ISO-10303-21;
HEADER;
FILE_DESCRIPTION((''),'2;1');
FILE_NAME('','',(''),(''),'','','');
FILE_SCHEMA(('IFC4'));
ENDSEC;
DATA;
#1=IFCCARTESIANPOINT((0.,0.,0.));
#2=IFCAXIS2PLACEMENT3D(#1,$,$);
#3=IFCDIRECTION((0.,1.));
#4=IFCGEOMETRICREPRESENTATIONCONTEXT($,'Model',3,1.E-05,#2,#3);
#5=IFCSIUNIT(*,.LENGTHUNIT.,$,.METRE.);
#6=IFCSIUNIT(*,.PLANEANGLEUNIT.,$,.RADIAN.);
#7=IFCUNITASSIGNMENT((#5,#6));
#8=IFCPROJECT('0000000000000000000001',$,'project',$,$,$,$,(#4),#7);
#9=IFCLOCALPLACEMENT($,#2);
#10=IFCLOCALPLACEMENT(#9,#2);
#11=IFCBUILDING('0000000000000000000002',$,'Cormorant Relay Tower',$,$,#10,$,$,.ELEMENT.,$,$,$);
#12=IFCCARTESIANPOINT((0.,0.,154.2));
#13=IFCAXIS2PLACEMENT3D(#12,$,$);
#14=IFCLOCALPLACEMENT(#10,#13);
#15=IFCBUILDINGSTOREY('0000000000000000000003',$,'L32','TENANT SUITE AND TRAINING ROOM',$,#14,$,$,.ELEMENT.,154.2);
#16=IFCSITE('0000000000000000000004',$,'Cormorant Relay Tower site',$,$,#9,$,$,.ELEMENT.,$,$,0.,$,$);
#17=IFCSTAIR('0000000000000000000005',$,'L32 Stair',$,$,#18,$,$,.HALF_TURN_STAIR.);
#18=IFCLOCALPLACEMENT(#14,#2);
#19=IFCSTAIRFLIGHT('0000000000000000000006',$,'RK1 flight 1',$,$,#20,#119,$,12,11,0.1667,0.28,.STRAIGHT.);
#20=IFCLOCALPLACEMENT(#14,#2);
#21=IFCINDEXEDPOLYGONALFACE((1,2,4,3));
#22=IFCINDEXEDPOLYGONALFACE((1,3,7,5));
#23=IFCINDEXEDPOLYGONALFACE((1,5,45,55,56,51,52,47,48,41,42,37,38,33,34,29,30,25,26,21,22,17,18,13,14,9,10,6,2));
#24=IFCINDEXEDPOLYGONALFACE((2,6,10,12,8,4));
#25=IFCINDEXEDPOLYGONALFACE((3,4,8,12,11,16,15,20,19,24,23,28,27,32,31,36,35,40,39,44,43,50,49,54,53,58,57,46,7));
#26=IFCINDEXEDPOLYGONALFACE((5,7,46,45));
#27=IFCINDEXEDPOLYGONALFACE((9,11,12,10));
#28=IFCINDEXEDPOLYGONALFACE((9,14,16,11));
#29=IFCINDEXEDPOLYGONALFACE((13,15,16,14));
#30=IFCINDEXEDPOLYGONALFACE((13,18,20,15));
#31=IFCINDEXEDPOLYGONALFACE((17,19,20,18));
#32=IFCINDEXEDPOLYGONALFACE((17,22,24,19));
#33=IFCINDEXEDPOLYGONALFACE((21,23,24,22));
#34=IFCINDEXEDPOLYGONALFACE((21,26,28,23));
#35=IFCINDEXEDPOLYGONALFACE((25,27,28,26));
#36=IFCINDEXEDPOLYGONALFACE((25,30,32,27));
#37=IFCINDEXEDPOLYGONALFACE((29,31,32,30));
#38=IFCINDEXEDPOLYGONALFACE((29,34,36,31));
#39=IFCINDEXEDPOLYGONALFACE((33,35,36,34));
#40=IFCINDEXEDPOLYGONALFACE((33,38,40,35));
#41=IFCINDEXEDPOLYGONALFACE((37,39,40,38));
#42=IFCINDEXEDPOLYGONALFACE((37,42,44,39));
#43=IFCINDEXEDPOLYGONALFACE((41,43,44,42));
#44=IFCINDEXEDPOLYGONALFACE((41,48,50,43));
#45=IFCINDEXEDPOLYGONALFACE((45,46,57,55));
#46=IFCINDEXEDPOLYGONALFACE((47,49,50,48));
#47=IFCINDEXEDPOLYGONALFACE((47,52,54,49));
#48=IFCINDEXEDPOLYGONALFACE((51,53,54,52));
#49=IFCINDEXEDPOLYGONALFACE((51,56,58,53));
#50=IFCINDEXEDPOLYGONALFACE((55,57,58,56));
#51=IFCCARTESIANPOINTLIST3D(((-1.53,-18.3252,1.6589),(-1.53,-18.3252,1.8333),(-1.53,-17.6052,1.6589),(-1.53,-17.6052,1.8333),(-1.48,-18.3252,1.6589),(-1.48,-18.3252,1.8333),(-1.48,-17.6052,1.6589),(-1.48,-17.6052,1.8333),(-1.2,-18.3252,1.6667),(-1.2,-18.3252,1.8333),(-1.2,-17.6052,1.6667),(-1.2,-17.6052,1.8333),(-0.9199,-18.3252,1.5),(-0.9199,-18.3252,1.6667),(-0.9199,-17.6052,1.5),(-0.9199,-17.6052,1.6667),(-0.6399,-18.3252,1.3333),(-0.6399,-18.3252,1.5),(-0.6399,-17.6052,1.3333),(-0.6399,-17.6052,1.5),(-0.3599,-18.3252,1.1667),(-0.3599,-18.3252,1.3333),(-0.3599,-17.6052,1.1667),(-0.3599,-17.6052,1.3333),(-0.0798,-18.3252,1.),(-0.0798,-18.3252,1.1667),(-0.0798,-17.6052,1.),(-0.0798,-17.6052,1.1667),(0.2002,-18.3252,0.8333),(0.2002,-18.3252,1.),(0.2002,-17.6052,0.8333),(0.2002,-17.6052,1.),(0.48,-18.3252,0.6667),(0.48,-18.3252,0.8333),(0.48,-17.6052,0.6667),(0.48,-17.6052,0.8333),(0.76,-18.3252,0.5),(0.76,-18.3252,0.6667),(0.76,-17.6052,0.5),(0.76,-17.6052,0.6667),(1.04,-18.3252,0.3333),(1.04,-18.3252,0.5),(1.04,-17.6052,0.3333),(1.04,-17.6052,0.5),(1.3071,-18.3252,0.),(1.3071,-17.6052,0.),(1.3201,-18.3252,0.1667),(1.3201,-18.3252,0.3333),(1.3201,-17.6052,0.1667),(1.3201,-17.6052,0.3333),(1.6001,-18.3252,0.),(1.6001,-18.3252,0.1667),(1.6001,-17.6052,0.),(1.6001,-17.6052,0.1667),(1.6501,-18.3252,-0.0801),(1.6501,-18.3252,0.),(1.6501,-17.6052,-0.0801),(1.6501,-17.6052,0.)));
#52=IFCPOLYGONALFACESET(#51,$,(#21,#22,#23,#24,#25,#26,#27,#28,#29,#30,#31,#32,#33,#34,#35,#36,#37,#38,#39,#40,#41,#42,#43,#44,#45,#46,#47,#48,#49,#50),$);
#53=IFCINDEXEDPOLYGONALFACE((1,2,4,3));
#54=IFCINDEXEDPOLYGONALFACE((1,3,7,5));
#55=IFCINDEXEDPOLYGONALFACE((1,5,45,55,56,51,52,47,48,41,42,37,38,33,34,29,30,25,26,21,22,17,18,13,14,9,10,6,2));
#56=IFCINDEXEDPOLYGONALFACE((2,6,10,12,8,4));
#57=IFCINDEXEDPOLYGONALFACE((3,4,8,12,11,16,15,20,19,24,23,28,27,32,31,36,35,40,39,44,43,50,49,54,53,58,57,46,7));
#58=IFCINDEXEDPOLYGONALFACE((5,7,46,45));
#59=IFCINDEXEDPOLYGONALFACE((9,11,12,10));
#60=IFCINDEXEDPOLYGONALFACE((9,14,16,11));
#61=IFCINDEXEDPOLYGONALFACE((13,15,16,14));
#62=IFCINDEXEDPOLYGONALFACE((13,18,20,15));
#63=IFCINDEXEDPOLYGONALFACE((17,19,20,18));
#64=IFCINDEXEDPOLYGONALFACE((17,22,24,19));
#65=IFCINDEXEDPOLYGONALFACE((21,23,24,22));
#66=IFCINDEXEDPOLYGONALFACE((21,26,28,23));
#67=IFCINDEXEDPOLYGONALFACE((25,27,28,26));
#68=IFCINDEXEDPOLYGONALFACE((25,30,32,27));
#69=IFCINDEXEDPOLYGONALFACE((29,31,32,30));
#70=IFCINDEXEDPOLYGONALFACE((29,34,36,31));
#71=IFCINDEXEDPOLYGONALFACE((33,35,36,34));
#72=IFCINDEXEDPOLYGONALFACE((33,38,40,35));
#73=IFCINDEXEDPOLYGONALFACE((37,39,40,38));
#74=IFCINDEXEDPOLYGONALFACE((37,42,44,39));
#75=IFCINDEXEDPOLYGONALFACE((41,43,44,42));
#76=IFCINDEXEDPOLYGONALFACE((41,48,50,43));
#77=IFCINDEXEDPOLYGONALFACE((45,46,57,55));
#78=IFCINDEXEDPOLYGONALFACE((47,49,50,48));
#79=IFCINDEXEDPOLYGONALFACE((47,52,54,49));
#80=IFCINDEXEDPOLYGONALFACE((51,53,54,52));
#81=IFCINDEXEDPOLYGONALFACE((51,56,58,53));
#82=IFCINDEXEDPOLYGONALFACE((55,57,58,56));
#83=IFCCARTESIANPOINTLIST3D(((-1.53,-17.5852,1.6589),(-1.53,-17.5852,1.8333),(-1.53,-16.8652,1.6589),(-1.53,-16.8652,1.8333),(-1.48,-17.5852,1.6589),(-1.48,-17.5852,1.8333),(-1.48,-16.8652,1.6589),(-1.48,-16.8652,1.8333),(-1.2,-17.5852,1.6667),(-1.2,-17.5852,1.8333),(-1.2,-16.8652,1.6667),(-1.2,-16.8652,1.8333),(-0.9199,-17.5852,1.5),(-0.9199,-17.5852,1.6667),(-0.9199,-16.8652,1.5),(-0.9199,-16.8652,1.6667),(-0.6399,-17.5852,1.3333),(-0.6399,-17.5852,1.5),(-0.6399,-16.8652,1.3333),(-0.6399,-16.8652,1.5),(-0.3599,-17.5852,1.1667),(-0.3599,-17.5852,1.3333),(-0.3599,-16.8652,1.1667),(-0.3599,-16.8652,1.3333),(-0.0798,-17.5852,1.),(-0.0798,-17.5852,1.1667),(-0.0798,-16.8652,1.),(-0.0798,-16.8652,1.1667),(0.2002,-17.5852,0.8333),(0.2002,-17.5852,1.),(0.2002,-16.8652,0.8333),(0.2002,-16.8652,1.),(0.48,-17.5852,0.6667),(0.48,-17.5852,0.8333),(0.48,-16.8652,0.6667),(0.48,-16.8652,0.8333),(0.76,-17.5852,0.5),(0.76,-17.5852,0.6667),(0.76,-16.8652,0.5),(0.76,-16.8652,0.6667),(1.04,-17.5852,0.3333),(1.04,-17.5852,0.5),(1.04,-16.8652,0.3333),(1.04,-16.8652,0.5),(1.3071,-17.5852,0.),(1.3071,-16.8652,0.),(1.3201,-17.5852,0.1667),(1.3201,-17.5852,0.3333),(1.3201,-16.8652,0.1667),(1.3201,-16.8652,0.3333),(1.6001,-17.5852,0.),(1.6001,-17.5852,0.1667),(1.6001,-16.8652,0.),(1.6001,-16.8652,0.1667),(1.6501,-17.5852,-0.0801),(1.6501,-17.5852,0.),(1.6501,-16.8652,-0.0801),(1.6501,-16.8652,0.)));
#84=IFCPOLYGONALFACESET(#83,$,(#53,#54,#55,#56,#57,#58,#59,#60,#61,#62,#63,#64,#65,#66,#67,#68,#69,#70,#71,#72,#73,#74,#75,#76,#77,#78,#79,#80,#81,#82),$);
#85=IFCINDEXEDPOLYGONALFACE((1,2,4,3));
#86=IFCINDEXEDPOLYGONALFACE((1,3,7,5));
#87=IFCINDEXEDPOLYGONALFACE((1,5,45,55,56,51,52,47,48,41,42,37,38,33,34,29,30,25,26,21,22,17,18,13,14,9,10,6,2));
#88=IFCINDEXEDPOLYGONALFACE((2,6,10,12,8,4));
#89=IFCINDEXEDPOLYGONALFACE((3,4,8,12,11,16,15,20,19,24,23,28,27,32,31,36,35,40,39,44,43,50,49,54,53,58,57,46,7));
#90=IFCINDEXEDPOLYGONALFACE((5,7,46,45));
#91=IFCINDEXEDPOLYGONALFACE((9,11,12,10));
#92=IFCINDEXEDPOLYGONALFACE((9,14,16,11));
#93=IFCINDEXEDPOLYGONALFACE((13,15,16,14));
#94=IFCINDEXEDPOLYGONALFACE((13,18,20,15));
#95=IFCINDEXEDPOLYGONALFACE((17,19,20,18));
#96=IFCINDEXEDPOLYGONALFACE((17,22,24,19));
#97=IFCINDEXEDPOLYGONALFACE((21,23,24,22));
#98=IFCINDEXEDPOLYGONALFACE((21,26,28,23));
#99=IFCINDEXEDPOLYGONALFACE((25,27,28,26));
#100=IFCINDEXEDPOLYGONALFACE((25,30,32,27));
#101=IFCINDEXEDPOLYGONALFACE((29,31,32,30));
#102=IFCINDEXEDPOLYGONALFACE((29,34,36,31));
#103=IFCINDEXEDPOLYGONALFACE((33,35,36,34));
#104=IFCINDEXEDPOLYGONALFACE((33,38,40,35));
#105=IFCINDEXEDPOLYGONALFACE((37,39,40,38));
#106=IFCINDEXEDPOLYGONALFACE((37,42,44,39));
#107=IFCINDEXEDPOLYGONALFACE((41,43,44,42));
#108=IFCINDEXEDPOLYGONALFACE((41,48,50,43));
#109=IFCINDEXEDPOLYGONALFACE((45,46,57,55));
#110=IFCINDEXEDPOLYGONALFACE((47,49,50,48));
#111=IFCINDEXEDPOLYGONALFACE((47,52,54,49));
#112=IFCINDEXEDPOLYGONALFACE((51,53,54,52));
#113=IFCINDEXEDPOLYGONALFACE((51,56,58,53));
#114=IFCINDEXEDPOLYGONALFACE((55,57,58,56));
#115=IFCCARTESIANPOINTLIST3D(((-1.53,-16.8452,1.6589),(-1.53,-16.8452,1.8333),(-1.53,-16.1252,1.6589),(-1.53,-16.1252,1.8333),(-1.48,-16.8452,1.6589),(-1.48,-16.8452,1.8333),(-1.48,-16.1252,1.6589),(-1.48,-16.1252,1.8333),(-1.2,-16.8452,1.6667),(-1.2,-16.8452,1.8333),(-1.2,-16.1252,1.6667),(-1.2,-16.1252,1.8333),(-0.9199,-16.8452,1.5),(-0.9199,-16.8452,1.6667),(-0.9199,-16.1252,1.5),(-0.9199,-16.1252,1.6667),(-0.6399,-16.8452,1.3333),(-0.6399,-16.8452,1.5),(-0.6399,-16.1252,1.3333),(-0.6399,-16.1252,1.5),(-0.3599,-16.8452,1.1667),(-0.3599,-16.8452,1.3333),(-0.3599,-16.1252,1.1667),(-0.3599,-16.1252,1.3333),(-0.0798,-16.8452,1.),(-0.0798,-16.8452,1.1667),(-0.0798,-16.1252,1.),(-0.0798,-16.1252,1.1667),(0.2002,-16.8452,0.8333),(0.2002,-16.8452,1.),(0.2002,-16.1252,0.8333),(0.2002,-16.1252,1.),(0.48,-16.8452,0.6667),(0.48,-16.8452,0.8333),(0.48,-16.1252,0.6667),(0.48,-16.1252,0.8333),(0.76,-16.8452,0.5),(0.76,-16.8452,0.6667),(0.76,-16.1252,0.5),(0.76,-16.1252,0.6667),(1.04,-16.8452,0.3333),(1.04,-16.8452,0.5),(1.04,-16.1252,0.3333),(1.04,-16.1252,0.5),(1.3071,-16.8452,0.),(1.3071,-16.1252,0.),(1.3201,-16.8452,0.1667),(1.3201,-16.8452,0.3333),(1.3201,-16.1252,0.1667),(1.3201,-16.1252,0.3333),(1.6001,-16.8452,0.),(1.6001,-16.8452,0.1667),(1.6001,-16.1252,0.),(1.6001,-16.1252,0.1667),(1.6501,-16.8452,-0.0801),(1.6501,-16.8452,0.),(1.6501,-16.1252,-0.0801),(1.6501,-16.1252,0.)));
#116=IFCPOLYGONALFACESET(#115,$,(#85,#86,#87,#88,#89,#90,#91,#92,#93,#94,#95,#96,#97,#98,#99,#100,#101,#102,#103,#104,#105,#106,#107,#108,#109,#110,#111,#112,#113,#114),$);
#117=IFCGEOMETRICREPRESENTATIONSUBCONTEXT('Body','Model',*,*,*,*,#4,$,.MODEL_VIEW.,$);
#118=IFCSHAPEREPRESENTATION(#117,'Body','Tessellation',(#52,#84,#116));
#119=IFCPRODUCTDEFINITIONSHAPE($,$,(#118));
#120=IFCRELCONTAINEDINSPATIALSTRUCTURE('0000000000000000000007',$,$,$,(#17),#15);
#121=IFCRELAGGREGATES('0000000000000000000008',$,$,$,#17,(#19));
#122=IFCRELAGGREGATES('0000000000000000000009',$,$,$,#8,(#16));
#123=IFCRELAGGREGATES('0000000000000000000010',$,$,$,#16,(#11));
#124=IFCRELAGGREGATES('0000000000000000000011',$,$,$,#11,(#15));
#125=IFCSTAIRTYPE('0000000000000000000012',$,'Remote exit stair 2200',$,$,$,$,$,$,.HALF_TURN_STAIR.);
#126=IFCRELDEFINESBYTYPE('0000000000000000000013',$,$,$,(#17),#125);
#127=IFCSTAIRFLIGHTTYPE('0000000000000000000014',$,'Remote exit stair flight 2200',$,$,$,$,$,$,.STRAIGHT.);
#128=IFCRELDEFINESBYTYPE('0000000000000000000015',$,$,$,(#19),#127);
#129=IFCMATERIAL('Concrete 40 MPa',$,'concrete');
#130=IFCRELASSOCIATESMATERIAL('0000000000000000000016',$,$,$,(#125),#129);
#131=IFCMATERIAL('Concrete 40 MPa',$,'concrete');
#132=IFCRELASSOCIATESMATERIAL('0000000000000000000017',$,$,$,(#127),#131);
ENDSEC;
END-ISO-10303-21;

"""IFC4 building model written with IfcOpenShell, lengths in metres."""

from ifc_helpers import new_model, si_unit, direction, frame, origin, place, context, subcontext, project, spatial, polyline, outline, extrude, material, type_object, element, aggregate, save


model = new_model("IFC4")

# Units and contexts
model_context = context("Model", 3, precision=1e-05, world=origin(), true_north=direction((0.0, 1.0)))
body_context = subcontext(model_context, "Body", "Model", "MODEL_VIEW")
ifc_project = project(units=[si_unit("LENGTHUNIT", "METRE"), si_unit("PLANEANGLEUNIT", "RADIAN")], contexts=[model_context])

# Site, building, storey
site_placement = place(None, origin())
site = spatial("IfcSite", under=ifc_project, at=site_placement, Name="Cormorant Relay Tower site", CompositionType="ELEMENT", RefElevation=0.0)
building_placement = place(site_placement, origin())
building = spatial("IfcBuilding", under=site, at=building_placement, Name="Cormorant Relay Tower", CompositionType="ELEMENT")
storey_placement = place(building_placement, frame((0.0, 0.0, 154.2)))
storey = spatial("IfcBuildingStorey", under=building, at=storey_placement, Name="L32", Description="TENANT SUITE AND TRAINING ROOM", CompositionType="ELEMENT", Elevation=154.2)

# Stair, stair flight
ifc_material_1 = material(Name="Concrete 40 MPa", Category="concrete")
stair_type = type_object("IfcStairType", Name="Remote exit stair 2200", PredefinedType="HALF_TURN_STAIR", material=ifc_material_1)
stair_placement = place(storey_placement, origin())
stair = element("IfcStair", 1, at=stair_placement, inside=storey, type_object=stair_type, Name="L32 Stair", PredefinedType="HALF_TURN_STAIR")
ifc_material_2 = material(Name="Concrete 40 MPa", Category="concrete")
stair_flight_type = type_object("IfcStairFlightType", Name="Remote exit stair flight 2200", PredefinedType="STRAIGHT", material=ifc_material_2)
stair_flight_1_placement = place(storey_placement, frame((1.6001, -17.2251, 0.0), z_axis=(0.0, 0.0, 1.0), x_axis=(-1.0, 0.0, 0.0)))
stair_flight_1 = element("IfcStairFlight", 2, at=stair_flight_1_placement, type_object=stair_flight_type, Name="RK1 flight 1", NumberOfRisers=12, NumberOfTreads=11, PredefinedType="STRAIGHT", RiserHeight=0.1667, TreadLength=0.28, context=body_context, shape_type="SweptSolid", body=[
    extrude(outline(polyline([(-0.05, -0.0801), (-0.05, 0.0), (0.0, 0.0), (0.0, 0.1667), (0.28, 0.1667), (0.28, 0.3333), (0.5601, 0.3333), (0.5601, 0.5), (0.8401, 0.5), (0.8401, 0.6667), (1.1201, 0.6667), (1.1201, 0.8333), (1.3999, 0.8333), (1.3999, 1.0), (1.6799, 1.0), (1.6799, 1.1667), (1.96, 1.1667), (1.96, 1.3333), (2.24, 1.3333), (2.24, 1.5), (2.52, 1.5), (2.52, 1.6667), (2.8, 1.6667), (2.8, 1.8333), (3.0801, 1.8333), (3.1301, 1.8333), (3.1301, 1.6589), (3.0801, 1.6589), (0.293, 0.0), (-0.05, -0.0801)])), frame((0.0, 1.1001, 0.0), z_axis=(0.0, -1.0, 0.0), x_axis=(1.0, 0.0, 0.0)), (0.0, 0.0, 1.0), 0.72),
    extrude(outline(polyline([(-0.05, -0.0801), (-0.05, 0.0), (0.0, 0.0), (0.0, 0.1667), (0.28, 0.1667), (0.28, 0.3333), (0.5601, 0.3333), (0.5601, 0.5), (0.8401, 0.5), (0.8401, 0.6667), (1.1201, 0.6667), (1.1201, 0.8333), (1.3999, 0.8333), (1.3999, 1.0), (1.6799, 1.0), (1.6799, 1.1667), (1.96, 1.1667), (1.96, 1.3333), (2.24, 1.3333), (2.24, 1.5), (2.52, 1.5), (2.52, 1.6667), (2.8, 1.6667), (2.8, 1.8333), (3.0801, 1.8333), (3.1301, 1.8333), (3.1301, 1.6589), (3.0801, 1.6589), (0.293, 0.0), (-0.05, -0.0801)])), frame((0.0, 0.3601, 0.0), z_axis=(0.0, -1.0, 0.0), x_axis=(1.0, 0.0, 0.0)), (0.0, 0.0, 1.0), 0.72),
    extrude(outline(polyline([(-0.05, -0.0801), (-0.05, 0.0), (0.0, 0.0), (0.0, 0.1667), (0.28, 0.1667), (0.28, 0.3333), (0.5601, 0.3333), (0.5601, 0.5), (0.8401, 0.5), (0.8401, 0.6667), (1.1201, 0.6667), (1.1201, 0.8333), (1.3999, 0.8333), (1.3999, 1.0), (1.6799, 1.0), (1.6799, 1.1667), (1.96, 1.1667), (1.96, 1.3333), (2.24, 1.3333), (2.24, 1.5), (2.52, 1.5), (2.52, 1.6667), (2.8, 1.6667), (2.8, 1.8333), (3.0801, 1.8333), (3.1301, 1.8333), (3.1301, 1.6589), (3.0801, 1.6589), (0.293, 0.0), (-0.05, -0.0801)])), frame((0.0, -0.3799, 0.0), z_axis=(0.0, -1.0, 0.0), x_axis=(1.0, 0.0, 0.0)), (0.0, 0.0, 1.0), 0.72),
])
aggregate(stair, [stair_flight_1])

save(model, "model.ifc")
